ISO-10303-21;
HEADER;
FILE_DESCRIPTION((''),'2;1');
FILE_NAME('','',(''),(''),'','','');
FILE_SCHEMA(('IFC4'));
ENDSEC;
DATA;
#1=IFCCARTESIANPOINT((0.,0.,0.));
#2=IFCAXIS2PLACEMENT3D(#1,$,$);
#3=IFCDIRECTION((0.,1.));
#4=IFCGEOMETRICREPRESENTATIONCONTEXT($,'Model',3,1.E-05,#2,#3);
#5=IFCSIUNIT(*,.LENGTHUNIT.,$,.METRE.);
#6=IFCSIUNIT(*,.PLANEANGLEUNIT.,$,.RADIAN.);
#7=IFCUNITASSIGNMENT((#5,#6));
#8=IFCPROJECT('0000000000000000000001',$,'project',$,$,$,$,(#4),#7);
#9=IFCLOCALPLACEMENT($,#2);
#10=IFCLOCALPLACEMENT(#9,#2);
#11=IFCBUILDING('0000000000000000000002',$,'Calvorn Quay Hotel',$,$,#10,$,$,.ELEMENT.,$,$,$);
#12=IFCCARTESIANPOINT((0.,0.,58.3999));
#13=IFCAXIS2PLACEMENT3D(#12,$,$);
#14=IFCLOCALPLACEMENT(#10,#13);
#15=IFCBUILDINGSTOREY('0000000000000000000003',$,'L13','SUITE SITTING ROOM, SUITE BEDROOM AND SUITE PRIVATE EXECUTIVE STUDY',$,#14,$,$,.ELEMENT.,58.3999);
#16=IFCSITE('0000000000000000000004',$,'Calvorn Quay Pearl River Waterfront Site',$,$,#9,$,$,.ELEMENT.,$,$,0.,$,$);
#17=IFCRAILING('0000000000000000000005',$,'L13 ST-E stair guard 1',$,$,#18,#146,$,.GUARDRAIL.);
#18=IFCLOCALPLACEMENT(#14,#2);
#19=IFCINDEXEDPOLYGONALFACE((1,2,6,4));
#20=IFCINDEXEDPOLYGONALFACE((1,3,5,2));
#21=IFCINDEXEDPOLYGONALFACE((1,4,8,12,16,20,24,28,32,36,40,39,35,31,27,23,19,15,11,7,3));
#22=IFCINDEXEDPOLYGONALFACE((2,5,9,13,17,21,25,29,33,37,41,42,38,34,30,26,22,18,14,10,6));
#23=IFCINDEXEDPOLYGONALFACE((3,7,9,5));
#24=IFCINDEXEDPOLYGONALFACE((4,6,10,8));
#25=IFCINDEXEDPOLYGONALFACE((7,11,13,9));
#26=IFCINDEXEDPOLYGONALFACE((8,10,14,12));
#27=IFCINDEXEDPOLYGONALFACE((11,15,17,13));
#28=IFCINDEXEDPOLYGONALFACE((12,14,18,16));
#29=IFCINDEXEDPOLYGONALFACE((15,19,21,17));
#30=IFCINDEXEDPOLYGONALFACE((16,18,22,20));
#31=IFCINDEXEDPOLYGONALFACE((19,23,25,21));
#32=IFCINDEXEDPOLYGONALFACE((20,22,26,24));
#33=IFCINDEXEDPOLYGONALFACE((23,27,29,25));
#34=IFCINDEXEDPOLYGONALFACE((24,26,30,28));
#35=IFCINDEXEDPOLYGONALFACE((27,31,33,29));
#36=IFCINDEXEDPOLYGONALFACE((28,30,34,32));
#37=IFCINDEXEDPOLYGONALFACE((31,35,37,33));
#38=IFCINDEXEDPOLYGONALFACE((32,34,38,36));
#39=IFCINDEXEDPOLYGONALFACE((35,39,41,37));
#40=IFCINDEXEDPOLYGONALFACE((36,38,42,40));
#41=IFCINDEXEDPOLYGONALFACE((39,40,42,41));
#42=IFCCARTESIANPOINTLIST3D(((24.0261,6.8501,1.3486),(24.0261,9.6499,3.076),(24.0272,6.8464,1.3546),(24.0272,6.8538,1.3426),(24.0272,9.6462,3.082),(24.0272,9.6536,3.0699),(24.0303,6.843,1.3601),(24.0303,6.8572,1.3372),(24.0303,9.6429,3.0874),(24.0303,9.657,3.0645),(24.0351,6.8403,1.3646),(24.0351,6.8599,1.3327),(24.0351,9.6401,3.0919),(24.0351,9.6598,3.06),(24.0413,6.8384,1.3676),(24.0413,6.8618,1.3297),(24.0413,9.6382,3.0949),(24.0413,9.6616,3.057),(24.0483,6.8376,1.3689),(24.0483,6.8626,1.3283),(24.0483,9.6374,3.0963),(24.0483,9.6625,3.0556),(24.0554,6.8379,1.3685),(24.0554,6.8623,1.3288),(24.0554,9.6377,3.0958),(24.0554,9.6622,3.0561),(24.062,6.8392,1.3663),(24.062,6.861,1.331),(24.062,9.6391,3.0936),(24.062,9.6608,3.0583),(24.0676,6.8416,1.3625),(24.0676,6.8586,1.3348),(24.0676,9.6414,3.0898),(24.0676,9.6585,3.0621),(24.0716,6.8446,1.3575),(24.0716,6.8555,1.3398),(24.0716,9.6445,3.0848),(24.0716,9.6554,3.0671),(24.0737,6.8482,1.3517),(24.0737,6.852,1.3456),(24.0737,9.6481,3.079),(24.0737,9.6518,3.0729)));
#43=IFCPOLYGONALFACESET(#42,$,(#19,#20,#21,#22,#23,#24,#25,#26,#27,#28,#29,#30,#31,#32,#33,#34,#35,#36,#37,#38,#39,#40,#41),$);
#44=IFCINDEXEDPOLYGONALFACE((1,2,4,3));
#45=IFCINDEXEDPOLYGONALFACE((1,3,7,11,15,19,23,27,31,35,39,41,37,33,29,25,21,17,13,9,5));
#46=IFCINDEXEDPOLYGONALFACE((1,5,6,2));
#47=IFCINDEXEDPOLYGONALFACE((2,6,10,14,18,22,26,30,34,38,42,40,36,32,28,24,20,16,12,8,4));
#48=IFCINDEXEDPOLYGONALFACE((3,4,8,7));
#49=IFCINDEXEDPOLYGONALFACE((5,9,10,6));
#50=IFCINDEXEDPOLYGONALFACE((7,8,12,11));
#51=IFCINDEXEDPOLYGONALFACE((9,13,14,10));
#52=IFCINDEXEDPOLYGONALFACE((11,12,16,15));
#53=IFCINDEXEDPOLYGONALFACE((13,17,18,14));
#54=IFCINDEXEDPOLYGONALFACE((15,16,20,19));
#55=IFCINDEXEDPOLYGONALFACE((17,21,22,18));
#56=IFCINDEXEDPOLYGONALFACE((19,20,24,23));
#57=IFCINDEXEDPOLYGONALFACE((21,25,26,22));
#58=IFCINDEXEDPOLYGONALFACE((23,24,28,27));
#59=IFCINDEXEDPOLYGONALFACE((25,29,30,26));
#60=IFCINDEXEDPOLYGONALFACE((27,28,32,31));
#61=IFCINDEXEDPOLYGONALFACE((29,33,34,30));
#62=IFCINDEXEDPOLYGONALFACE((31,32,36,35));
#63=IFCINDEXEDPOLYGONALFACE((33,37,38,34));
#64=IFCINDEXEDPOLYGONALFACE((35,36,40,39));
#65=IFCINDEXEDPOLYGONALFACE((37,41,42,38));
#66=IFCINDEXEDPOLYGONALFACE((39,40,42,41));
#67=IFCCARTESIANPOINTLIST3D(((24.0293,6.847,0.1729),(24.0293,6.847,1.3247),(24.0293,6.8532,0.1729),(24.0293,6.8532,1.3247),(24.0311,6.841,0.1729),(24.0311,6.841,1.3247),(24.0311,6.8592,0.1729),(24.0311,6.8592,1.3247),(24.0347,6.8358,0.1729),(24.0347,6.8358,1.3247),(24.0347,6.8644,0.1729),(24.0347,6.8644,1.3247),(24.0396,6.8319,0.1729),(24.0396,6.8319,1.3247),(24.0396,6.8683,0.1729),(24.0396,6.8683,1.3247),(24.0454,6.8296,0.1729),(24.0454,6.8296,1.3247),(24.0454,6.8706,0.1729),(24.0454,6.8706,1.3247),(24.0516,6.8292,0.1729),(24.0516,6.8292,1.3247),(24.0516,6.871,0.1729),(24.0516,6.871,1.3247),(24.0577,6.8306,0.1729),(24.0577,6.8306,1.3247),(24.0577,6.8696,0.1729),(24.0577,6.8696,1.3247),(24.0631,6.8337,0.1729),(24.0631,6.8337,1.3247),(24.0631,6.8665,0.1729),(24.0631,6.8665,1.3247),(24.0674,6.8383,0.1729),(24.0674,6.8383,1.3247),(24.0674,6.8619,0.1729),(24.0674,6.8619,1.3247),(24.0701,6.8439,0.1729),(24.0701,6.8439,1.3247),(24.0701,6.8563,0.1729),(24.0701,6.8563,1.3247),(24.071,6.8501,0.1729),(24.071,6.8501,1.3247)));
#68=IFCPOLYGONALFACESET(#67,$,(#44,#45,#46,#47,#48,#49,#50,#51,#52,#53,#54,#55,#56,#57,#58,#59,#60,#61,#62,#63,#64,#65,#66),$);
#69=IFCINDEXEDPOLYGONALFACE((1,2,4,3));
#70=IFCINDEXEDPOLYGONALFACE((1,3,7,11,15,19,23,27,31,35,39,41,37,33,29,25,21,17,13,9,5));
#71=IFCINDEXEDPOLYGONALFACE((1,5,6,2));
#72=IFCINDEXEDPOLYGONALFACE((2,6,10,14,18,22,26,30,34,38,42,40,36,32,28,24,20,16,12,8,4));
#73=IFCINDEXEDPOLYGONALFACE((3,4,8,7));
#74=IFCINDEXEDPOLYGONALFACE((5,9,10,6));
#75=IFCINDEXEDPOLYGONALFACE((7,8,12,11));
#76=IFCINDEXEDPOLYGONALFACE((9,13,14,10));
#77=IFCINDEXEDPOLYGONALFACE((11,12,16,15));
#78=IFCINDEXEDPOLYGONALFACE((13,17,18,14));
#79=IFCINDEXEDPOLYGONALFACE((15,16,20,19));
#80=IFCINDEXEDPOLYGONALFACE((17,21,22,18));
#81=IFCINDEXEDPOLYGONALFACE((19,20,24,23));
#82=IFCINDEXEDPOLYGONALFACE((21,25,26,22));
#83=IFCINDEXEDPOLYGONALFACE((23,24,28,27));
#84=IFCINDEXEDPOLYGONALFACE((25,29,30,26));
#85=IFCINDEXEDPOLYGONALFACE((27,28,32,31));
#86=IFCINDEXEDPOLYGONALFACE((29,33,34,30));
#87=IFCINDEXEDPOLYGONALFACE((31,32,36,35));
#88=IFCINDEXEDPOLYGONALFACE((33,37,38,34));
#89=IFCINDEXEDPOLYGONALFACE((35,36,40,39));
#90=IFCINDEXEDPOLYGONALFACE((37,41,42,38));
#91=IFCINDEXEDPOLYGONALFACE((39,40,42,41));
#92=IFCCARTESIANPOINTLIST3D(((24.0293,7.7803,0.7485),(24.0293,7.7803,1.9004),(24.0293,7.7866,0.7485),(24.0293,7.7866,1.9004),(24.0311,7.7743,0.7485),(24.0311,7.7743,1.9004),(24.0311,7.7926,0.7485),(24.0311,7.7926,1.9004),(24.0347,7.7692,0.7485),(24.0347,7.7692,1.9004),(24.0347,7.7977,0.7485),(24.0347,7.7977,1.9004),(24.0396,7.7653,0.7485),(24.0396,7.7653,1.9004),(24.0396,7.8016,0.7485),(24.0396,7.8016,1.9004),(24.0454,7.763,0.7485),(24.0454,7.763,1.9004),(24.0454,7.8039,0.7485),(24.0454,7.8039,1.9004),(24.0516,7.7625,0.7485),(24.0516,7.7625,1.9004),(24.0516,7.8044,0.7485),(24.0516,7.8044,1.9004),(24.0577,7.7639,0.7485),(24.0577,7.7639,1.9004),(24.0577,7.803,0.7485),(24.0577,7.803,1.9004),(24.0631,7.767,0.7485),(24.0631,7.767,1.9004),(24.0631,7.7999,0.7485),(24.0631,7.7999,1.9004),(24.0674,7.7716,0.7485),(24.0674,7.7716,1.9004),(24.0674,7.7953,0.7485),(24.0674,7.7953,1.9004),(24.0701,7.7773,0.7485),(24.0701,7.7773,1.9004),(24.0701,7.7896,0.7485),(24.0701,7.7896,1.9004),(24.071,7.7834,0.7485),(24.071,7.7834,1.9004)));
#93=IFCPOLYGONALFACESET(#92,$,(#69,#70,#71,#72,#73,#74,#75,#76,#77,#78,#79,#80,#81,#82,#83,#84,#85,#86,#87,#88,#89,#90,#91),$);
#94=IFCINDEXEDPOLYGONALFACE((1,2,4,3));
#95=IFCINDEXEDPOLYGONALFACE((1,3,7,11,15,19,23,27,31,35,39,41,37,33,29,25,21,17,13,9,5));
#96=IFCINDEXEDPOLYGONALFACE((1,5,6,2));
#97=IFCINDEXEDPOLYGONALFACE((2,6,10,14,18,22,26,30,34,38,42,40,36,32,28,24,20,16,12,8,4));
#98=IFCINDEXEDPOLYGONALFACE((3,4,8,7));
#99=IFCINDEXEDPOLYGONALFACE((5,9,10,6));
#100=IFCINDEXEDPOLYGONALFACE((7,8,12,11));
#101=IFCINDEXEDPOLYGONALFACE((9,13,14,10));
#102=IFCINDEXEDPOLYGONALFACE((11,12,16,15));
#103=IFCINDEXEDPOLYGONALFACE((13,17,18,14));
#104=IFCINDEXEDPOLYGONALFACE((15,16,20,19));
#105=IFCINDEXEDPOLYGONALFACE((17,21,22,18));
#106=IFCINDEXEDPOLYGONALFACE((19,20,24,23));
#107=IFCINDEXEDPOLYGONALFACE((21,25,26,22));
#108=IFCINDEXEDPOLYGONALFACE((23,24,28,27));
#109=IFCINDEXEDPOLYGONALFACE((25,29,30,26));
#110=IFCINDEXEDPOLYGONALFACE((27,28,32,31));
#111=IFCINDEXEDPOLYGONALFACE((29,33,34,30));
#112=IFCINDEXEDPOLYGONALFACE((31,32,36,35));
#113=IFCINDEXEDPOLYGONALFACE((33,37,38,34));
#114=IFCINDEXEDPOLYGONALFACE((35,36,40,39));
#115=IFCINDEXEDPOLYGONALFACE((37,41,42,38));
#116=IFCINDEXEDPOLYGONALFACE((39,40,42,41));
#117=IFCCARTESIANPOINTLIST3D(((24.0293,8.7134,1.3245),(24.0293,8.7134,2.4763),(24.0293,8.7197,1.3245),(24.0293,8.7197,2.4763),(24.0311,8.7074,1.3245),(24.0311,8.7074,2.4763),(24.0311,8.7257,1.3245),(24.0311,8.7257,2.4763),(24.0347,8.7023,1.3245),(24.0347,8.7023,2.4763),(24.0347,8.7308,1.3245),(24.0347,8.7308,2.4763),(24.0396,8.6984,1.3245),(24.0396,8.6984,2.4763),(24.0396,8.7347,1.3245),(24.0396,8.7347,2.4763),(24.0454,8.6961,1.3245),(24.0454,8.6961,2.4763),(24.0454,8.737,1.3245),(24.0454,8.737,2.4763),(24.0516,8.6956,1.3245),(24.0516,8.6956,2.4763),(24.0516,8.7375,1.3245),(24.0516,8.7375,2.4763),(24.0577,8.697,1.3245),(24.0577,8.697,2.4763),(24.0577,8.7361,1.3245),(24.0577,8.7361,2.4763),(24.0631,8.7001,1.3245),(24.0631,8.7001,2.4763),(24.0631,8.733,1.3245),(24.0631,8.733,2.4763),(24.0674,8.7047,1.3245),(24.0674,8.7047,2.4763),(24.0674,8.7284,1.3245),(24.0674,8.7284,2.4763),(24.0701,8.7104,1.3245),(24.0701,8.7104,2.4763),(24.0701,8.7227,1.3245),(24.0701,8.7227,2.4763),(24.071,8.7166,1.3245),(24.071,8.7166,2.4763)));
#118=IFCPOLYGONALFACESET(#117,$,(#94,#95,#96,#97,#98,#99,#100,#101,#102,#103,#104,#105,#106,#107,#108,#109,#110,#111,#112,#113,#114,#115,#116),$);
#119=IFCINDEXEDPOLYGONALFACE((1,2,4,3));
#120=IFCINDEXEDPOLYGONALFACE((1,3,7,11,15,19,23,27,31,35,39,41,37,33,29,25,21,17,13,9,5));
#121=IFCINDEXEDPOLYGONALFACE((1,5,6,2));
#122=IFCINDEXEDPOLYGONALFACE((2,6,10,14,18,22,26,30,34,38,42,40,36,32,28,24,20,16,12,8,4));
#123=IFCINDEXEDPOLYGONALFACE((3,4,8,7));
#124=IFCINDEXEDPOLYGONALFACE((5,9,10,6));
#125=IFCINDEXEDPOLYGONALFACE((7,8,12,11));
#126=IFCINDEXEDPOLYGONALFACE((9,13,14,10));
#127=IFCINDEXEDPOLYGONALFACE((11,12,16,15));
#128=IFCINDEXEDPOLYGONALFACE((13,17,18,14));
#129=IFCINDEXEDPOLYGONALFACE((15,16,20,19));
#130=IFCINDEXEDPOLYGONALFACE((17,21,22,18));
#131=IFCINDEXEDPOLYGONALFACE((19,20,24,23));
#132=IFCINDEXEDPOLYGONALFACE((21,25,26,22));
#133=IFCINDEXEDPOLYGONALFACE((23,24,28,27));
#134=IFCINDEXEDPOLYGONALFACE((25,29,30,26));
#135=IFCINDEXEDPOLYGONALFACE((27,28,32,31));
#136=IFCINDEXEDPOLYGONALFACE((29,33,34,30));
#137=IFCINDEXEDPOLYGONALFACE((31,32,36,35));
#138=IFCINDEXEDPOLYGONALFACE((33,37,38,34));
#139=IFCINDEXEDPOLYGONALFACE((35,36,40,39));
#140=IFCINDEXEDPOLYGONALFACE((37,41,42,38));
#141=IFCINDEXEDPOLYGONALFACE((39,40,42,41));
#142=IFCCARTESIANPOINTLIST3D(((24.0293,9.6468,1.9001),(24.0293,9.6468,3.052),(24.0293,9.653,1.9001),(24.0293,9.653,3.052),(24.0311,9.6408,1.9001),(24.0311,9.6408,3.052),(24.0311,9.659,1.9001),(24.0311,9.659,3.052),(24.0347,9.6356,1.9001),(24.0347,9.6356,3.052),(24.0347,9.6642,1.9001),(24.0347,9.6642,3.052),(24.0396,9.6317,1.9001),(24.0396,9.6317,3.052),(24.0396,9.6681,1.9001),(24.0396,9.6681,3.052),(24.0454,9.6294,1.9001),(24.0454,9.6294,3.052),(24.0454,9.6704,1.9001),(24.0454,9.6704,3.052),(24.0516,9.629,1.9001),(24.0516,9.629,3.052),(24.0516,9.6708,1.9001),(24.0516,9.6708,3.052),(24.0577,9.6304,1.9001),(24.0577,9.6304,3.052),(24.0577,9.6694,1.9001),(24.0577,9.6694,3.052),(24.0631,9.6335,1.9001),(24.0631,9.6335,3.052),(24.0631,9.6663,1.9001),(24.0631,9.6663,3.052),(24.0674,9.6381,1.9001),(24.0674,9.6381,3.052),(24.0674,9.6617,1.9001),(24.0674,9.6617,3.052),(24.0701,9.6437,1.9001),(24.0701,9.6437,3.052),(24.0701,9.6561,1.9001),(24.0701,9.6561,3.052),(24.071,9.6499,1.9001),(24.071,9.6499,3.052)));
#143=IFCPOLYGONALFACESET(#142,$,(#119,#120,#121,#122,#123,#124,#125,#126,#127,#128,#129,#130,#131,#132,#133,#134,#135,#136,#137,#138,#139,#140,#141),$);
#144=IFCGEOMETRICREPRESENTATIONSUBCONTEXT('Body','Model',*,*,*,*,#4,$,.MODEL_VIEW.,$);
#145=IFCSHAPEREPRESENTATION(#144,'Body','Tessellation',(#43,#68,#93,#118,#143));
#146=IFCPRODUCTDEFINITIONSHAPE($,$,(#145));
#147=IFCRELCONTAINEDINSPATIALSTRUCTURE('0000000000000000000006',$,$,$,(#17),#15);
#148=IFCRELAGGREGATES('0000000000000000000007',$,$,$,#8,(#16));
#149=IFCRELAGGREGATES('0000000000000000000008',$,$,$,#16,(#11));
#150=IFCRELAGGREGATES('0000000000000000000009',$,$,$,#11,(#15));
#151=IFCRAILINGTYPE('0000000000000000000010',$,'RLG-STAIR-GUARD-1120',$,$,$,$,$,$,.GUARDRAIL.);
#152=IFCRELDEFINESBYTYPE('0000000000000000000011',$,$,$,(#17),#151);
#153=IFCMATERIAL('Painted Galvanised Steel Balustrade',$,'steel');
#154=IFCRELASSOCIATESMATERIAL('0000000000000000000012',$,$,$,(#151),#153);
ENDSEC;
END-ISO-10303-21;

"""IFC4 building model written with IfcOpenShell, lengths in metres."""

from ifc_helpers import new_model, si_unit, direction, frame, origin, origin_2d, place, context, subcontext, project, spatial, circle, extrude, material, type_object, element, save


model = new_model("IFC4")

# Units and contexts
model_context = context("Model", 3, precision=1e-05, world=origin(), true_north=direction((0.0, 1.0)))
body_context = subcontext(model_context, "Body", "Model", "MODEL_VIEW")
ifc_project = project(units=[si_unit("LENGTHUNIT", "METRE"), si_unit("PLANEANGLEUNIT", "RADIAN")], contexts=[model_context])

# Site, building, storey
site_placement = place(None, origin())
site = spatial("IfcSite", under=ifc_project, at=site_placement, Name="Calvorn Quay Pearl River Waterfront Site", CompositionType="ELEMENT", RefElevation=0.0)
building_placement = place(site_placement, origin())
building = spatial("IfcBuilding", under=site, at=building_placement, Name="Calvorn Quay Hotel", CompositionType="ELEMENT")
storey_placement = place(building_placement, frame((0.0, 0.0, 58.3999)))
storey = spatial("IfcBuildingStorey", under=building, at=storey_placement, Name="L13", Description="SUITE SITTING ROOM, SUITE BEDROOM AND SUITE PRIVATE EXECUTIVE STUDY", CompositionType="ELEMENT", Elevation=58.3999)

# Railing
ifc_material_1 = material(Name="Painted Galvanised Steel Balustrade", Category="steel")
railing_type_1 = type_object("IfcRailingType", Name="RLG-STAIR-GUARD-1120", PredefinedType="GUARDRAIL", material=ifc_material_1)
railing_1_placement = place(storey_placement, frame((24.05, 6.8501, 0.1729)))
element("IfcRailing", 1, at=railing_1_placement, inside=storey, type_object=railing_type_1, Name="L13 ST-E stair guard 1", PredefinedType="GUARDRAIL", context=body_context, shape_type="SweptSolid", body=[
    extrude(circle(Radius=0.0239, at=origin_2d()), frame((0.0, 0.0, 1.1758), z_axis=(0.0, 0.851069, 0.525054), x_axis=(-1.0, 0.0, 0.0)), (0.0, 0.0, 1.0), 3.2898),
    extrude(circle(Radius=0.021, at=origin_2d()), origin(), (0.0, 0.0, 1.0), 1.1519),
    extrude(circle(Radius=0.021, at=origin_2d()), frame((0.0, 0.9333, 0.5757)), (0.0, 0.0, 1.0), 1.1519),
    extrude(circle(Radius=0.021, at=origin_2d()), frame((0.0, 1.8665, 1.1516)), (0.0, 0.0, 1.0), 1.1519),
    extrude(circle(Radius=0.021, at=origin_2d()), frame((0.0, 2.7998, 1.7273)), (0.0, 0.0, 1.0), 1.1519),
])

save(model, "model.ifc")
